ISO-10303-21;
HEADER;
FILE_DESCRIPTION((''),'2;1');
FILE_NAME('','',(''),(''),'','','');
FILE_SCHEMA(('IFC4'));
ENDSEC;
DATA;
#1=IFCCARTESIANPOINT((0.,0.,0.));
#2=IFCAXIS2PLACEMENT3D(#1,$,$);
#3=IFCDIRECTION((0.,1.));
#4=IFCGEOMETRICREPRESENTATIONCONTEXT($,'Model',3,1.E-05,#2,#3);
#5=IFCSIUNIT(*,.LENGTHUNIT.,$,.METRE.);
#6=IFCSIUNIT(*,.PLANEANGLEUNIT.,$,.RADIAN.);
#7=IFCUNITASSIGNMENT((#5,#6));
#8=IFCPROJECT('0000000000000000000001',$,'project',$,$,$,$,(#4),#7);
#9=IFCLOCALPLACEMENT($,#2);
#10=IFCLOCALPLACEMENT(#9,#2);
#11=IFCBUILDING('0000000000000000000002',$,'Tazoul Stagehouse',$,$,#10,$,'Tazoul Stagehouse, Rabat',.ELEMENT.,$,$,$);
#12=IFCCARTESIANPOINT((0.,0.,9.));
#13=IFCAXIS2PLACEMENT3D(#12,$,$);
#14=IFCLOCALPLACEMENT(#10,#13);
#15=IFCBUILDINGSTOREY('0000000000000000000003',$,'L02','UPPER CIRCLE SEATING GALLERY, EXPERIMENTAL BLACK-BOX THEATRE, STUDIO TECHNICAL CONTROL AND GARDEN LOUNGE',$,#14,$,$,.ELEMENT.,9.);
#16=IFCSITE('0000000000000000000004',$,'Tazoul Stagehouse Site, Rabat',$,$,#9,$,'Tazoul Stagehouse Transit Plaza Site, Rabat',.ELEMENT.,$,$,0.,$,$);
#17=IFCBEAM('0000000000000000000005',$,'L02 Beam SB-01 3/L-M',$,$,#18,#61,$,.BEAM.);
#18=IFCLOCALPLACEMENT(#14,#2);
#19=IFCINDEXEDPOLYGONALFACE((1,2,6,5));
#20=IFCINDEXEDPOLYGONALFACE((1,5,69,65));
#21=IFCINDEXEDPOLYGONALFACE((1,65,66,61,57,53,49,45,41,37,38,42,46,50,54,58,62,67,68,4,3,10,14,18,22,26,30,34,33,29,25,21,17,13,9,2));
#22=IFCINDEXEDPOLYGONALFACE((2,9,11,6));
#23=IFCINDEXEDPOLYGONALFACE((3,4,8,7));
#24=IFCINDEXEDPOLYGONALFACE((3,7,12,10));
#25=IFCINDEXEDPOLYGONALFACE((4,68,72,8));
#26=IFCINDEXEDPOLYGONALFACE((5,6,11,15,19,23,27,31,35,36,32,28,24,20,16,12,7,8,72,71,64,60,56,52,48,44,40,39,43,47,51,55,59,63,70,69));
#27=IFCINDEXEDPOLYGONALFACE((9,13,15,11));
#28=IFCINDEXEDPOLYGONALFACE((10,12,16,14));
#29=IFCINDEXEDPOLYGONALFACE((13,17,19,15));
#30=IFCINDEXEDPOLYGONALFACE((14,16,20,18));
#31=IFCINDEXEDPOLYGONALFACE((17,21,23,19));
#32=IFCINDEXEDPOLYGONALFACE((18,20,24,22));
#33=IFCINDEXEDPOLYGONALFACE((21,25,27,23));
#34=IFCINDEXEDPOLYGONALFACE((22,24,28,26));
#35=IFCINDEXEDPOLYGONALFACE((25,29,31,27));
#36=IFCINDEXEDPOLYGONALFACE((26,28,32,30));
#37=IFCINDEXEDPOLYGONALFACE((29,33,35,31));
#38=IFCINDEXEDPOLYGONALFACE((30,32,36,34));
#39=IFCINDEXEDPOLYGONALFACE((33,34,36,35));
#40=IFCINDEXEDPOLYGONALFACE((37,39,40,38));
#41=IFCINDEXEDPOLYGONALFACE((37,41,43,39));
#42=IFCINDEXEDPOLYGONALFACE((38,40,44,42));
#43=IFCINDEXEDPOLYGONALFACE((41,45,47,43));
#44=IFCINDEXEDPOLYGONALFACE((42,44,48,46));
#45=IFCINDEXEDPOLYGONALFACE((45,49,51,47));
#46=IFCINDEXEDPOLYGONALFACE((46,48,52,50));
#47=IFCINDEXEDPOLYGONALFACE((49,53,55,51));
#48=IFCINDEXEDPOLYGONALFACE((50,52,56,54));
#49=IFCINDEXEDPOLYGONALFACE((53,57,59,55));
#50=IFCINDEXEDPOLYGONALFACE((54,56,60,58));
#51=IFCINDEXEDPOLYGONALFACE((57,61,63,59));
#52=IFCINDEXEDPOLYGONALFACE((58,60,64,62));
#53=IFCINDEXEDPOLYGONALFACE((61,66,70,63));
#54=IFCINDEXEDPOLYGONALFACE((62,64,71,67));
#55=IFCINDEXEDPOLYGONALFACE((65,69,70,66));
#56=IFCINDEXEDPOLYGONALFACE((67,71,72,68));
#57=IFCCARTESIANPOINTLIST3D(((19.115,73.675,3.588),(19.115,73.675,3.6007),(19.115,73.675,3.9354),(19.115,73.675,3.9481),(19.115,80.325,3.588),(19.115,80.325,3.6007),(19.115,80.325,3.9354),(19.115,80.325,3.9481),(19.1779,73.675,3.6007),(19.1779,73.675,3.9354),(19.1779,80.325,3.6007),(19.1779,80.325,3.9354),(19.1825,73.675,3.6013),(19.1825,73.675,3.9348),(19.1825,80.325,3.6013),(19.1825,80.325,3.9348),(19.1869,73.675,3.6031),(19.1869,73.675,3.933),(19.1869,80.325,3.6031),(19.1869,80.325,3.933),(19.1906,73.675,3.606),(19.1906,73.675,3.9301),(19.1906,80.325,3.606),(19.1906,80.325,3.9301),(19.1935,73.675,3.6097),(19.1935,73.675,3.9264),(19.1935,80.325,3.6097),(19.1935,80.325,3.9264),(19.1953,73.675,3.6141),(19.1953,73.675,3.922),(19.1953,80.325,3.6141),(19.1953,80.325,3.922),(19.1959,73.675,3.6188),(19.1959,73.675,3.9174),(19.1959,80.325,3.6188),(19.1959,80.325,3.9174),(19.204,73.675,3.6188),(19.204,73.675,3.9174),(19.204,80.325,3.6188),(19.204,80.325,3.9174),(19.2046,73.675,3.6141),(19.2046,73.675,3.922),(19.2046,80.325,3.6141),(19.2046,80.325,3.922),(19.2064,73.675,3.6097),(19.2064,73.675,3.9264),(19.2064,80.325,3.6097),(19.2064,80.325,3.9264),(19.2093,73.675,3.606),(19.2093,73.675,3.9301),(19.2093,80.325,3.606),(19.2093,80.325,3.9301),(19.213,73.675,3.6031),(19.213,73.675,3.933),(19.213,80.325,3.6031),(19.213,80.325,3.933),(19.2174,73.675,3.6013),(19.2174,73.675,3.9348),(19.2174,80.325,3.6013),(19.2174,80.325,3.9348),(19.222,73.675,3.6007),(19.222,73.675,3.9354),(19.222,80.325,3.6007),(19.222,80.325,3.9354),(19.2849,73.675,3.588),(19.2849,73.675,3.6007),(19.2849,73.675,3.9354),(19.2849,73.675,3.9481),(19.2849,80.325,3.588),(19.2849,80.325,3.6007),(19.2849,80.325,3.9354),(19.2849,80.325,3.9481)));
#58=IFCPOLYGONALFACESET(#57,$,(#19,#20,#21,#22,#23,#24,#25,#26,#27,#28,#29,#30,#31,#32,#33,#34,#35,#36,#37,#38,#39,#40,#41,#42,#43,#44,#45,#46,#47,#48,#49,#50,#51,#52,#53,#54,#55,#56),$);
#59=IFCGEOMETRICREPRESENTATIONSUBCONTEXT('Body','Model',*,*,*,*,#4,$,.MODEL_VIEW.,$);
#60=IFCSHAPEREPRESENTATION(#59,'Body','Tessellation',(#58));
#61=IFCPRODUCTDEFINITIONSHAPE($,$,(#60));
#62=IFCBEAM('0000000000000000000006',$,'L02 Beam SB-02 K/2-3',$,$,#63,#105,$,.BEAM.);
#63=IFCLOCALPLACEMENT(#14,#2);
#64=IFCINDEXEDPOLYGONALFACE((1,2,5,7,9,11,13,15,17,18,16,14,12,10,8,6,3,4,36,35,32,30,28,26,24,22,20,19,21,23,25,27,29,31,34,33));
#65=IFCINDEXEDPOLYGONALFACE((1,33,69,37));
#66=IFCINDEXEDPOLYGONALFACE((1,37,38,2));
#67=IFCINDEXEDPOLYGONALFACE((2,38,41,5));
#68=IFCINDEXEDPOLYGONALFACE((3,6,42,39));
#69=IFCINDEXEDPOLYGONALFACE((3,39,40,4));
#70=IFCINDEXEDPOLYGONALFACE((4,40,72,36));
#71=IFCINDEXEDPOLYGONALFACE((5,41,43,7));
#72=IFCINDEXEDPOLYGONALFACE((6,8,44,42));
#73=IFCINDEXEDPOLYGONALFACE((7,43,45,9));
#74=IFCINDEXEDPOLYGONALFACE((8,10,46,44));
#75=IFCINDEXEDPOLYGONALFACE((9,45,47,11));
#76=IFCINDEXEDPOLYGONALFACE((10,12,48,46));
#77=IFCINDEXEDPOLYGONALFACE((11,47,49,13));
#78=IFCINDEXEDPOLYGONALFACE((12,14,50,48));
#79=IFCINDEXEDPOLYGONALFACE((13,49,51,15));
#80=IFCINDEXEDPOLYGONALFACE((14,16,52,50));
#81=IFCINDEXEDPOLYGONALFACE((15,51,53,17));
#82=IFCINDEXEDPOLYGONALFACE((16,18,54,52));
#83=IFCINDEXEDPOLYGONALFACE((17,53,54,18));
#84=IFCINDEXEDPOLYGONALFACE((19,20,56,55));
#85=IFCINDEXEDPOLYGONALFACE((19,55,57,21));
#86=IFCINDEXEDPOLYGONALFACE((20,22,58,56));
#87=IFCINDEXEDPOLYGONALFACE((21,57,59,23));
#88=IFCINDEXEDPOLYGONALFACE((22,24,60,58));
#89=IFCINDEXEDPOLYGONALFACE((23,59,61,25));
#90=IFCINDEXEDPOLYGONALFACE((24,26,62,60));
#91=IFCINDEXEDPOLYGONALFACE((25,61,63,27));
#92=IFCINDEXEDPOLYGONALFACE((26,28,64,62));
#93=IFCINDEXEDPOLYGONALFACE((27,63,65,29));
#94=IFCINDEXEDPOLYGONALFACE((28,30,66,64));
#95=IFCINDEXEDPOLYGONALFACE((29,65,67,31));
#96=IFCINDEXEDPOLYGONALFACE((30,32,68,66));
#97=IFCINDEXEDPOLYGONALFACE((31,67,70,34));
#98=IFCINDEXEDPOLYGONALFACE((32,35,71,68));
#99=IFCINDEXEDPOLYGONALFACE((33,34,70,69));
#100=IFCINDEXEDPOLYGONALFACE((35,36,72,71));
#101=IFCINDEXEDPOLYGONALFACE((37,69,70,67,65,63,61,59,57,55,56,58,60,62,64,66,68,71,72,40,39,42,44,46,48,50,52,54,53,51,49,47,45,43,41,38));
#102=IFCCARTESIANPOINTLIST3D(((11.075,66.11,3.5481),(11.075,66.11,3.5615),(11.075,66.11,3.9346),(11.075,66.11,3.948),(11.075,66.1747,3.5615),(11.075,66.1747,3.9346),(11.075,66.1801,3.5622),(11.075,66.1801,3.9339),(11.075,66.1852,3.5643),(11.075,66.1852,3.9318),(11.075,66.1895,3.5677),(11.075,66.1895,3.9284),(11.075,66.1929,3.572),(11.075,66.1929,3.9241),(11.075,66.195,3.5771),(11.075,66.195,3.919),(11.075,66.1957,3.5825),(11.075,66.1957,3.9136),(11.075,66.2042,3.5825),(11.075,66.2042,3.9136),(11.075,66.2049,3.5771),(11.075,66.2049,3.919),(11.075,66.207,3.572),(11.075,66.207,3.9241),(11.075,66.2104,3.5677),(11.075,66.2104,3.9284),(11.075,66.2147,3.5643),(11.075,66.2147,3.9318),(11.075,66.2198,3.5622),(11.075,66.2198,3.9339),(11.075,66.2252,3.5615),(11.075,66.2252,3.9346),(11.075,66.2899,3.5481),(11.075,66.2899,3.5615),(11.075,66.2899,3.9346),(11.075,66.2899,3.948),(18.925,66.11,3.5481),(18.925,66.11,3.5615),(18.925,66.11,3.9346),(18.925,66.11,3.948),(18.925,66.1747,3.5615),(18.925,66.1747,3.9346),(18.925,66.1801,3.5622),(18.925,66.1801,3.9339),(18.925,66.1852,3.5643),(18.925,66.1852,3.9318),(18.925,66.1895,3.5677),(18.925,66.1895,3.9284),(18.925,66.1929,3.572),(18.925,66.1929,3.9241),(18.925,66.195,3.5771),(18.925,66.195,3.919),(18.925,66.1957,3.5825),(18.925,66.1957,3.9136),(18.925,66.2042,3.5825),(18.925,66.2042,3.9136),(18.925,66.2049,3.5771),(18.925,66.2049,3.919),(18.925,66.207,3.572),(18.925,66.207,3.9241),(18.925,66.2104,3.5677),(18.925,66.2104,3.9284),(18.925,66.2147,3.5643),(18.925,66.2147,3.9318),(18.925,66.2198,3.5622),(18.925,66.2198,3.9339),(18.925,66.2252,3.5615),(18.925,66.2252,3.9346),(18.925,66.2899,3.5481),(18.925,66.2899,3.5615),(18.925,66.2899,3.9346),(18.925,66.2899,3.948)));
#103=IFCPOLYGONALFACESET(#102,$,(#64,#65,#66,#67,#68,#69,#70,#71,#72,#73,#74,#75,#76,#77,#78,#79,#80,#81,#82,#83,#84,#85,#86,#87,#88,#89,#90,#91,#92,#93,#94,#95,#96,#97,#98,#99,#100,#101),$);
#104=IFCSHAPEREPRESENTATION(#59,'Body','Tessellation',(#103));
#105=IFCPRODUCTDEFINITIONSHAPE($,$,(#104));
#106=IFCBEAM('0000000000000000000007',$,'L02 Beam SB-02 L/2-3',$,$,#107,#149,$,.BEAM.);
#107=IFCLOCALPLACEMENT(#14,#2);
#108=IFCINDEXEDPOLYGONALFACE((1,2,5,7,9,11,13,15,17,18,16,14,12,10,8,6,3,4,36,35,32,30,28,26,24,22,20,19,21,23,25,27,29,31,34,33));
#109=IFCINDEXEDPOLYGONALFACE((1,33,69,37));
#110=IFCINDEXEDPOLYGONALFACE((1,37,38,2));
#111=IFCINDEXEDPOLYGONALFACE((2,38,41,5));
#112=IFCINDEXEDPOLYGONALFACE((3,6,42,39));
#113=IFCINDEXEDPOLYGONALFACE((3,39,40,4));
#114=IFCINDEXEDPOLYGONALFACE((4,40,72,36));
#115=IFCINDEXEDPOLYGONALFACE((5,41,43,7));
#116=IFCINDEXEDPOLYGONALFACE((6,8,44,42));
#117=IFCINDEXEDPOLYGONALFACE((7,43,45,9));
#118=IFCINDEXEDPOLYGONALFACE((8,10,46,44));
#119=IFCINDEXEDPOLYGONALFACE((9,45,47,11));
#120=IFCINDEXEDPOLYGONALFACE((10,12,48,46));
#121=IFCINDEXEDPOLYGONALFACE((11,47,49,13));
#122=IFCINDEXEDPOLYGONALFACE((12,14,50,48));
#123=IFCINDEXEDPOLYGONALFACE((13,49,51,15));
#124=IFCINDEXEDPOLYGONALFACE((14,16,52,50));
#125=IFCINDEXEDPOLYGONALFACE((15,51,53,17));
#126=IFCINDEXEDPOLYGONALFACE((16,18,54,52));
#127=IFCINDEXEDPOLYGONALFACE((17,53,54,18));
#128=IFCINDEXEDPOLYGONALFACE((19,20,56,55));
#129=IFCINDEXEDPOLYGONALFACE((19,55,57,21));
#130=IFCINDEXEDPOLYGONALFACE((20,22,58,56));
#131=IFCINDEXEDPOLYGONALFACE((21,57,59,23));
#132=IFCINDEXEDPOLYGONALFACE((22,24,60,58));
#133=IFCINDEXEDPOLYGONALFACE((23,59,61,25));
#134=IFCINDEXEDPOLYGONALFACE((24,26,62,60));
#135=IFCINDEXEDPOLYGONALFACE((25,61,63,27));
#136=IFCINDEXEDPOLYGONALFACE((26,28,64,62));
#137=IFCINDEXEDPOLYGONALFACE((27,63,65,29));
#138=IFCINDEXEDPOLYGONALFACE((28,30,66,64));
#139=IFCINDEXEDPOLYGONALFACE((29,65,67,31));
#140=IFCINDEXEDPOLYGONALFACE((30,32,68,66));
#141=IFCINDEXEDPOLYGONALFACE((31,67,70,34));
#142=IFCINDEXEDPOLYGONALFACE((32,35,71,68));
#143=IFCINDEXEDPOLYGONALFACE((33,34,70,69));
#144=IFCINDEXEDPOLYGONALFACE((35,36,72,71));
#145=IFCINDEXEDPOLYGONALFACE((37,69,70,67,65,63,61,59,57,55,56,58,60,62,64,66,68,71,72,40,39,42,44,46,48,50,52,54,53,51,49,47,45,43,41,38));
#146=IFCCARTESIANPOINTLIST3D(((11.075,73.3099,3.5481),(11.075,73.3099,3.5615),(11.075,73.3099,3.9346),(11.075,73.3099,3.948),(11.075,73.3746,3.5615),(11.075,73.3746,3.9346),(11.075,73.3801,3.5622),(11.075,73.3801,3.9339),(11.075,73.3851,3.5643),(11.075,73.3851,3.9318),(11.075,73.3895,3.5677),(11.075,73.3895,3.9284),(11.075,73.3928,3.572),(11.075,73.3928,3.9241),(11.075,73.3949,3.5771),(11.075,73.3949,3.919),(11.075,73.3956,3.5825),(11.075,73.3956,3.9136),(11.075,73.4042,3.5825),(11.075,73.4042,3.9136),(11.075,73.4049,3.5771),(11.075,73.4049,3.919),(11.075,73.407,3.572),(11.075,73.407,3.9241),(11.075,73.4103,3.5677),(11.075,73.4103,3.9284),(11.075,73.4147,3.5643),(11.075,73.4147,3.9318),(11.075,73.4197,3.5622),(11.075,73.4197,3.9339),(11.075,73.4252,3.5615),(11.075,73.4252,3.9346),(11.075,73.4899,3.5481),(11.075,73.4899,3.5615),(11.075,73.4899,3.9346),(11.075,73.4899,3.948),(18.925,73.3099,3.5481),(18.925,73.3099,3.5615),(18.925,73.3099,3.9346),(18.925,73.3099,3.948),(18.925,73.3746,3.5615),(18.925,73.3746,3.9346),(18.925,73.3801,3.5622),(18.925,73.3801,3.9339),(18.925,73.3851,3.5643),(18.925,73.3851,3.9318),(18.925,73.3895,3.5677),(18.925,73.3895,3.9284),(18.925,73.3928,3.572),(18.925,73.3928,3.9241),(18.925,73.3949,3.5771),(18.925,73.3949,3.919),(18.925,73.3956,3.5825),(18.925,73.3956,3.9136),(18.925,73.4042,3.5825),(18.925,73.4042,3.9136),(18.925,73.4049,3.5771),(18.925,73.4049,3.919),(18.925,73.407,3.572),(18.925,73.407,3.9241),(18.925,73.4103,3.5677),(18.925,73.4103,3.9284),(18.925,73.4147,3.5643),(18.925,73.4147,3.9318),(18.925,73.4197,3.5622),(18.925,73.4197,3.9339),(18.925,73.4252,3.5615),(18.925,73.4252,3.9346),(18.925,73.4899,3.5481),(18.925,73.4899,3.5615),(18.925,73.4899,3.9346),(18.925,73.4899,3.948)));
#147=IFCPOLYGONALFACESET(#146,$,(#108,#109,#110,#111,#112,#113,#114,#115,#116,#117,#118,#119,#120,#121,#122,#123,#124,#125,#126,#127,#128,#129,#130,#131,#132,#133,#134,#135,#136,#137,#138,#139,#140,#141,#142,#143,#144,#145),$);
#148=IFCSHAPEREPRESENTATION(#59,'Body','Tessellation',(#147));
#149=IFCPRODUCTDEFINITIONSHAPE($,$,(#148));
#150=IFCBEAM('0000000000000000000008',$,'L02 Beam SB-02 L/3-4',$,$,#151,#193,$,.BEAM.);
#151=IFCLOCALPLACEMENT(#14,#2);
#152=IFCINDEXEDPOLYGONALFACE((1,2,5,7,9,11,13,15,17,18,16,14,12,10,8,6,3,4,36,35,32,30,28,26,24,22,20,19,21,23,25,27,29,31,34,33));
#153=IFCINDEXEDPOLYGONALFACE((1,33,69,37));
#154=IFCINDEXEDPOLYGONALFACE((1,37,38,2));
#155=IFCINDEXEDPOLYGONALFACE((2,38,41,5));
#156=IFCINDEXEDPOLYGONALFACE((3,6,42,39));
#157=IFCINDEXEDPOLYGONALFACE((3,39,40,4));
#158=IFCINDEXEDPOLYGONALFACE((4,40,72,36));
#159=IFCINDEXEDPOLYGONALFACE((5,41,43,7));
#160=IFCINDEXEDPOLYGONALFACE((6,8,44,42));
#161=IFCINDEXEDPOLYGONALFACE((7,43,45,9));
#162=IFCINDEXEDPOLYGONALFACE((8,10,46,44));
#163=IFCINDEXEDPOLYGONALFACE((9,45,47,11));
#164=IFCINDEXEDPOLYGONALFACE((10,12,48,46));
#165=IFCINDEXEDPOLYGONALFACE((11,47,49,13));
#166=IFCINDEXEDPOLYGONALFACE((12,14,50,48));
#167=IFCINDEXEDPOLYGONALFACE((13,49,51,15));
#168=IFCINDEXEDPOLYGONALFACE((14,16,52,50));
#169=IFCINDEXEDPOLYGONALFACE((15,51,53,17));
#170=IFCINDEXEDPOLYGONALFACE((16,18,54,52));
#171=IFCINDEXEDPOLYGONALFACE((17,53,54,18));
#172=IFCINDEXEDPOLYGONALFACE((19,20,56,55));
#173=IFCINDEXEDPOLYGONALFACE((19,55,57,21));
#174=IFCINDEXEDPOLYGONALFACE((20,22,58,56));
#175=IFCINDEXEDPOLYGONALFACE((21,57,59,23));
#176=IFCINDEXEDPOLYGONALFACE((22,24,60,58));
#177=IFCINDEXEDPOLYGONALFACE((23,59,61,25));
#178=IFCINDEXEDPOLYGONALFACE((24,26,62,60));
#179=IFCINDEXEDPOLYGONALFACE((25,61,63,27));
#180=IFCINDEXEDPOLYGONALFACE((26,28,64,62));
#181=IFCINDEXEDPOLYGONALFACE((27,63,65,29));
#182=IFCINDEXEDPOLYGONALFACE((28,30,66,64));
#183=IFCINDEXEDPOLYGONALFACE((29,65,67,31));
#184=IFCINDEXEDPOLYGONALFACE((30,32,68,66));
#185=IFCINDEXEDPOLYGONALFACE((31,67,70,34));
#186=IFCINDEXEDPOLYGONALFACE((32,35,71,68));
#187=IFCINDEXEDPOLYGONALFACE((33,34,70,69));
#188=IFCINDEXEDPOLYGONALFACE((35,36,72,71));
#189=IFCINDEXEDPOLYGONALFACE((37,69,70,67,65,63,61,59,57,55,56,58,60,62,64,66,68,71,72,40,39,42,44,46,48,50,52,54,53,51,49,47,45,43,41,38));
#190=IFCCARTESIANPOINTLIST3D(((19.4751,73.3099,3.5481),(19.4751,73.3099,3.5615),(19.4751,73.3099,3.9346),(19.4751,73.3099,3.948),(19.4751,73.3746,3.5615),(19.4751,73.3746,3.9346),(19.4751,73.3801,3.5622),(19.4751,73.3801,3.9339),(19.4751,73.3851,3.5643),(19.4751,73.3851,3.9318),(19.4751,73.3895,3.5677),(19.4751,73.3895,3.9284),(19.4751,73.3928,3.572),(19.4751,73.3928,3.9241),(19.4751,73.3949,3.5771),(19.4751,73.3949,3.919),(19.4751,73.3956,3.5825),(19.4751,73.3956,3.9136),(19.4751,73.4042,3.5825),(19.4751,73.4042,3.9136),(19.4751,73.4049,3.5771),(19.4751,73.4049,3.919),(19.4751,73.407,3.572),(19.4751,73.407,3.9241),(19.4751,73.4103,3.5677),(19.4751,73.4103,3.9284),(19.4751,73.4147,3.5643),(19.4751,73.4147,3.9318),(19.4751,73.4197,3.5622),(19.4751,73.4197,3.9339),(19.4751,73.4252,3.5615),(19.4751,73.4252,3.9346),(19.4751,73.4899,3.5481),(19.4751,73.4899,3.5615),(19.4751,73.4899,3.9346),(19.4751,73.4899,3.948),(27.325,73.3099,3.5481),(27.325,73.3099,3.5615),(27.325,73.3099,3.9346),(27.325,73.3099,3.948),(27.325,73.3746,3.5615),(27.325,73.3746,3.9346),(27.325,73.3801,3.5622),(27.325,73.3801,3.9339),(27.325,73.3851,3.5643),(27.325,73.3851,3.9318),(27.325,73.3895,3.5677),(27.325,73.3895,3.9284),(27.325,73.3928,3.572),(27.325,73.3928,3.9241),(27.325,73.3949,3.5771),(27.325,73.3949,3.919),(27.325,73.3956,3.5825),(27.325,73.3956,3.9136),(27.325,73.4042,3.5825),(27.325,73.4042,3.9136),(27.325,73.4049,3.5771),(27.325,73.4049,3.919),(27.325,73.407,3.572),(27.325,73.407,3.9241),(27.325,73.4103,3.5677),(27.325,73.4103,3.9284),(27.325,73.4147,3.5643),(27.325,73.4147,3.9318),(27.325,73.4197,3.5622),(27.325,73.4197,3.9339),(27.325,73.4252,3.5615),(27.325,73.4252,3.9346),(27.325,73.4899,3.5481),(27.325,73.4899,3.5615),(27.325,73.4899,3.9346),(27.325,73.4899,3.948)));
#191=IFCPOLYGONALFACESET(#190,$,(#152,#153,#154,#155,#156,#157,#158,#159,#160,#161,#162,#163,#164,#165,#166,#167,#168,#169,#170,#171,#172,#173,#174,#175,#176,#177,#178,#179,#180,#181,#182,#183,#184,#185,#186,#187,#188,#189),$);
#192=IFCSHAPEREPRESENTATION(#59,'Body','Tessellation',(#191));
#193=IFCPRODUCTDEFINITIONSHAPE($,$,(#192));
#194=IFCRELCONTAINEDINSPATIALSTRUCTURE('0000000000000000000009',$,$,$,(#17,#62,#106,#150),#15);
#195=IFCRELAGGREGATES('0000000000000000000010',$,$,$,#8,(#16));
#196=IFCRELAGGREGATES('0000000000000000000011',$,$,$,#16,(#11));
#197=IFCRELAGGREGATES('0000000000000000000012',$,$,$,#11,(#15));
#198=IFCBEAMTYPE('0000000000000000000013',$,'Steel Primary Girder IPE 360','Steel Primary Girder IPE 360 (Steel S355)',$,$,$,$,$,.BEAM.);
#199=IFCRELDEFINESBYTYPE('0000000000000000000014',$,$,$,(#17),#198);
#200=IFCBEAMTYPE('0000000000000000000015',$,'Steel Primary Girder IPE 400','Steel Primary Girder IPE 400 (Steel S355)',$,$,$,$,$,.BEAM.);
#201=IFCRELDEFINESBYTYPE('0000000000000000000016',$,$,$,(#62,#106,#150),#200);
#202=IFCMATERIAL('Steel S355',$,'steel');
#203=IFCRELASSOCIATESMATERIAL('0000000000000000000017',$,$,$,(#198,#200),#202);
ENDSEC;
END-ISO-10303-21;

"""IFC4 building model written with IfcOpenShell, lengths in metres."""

from ifc_helpers import new_model, si_unit, direction, frame, origin, origin_2d, place, context, subcontext, project, spatial, i_section, extrude, material, material_profile, profile_set, type_object, element, save


model = new_model("IFC4")

# Units and contexts
model_context = context("Model", 3, precision=1e-05, world=origin(), true_north=direction((0.0, 1.0)))
body_context = subcontext(model_context, "Body", "Model", "MODEL_VIEW")
ifc_project = project(units=[si_unit("LENGTHUNIT", "METRE"), si_unit("PLANEANGLEUNIT", "RADIAN")], contexts=[model_context])

# Site, building, storey
site_placement = place(None, origin())
site = spatial("IfcSite", under=ifc_project, at=site_placement, Name="Tazoul Stagehouse Site, Rabat", LongName="Tazoul Stagehouse Transit Plaza Site, Rabat", CompositionType="ELEMENT", RefElevation=0.0)
building_placement = place(site_placement, origin())
building = spatial("IfcBuilding", under=site, at=building_placement, Name="Tazoul Stagehouse", LongName="Tazoul Stagehouse, Rabat", CompositionType="ELEMENT")
storey_placement = place(building_placement, frame((0.0, 0.0, 9.0)))
storey = spatial("IfcBuildingStorey", under=building, at=storey_placement, Name="L02", Description="UPPER CIRCLE SEATING GALLERY, EXPERIMENTAL BLACK-BOX THEATRE, STUDIO TECHNICAL CONTROL AND GARDEN LOUNGE", CompositionType="ELEMENT", Elevation=9.0)

# Beams
ifc_material_1 = material(Name="Steel S355", Category="steel")
ifc_material_profile_1 = material_profile(ifc_material_1, i_section(OverallWidth=0.1699, OverallDepth=0.3601, WebThickness=0.0081, FlangeThickness=0.0127, FilletRadius=0.0181, at=origin_2d()), Name="IPE 360")
ifc_profile_set_1 = profile_set([ifc_material_profile_1], Name="Steel S355")
beam_type_1 = type_object("IfcBeamType", Name="Steel Primary Girder IPE 360", Description="Steel Primary Girder IPE 360 (Steel S355)", PredefinedType="BEAM", material=ifc_profile_set_1)
for number, where, z_axis, x_axis, name in (
    (1, (19.2, 73.675, 3.7681), (0.0, 1.0, 0.0), (-1.0, 0.0, 0.0), "L02 Beam SB-01 3/L-M"),
):
    element("IfcBeam", number, at=place(storey_placement, frame(where, z_axis=z_axis, x_axis=x_axis)), inside=storey, type_object=beam_type_1, Name=name, PredefinedType="BEAM", context=body_context, shape_type="SweptSolid", body=[
        extrude(i_section(OverallWidth=0.1699, OverallDepth=0.3601, WebThickness=0.0081, FlangeThickness=0.0127, FilletRadius=0.0181, at=origin_2d()), origin(), (0.0, 0.0, 1.0), 6.6499),
    ])
ifc_material_profile_2 = material_profile(ifc_material_1, i_section(OverallWidth=0.1799, OverallDepth=0.3999, WebThickness=0.0085, FlangeThickness=0.0134, FilletRadius=0.021, at=origin_2d()), Name="IPE 400")
ifc_profile_set_2 = profile_set([ifc_material_profile_2], Name="Steel S355")
beam_type_2 = type_object("IfcBeamType", Name="Steel Primary Girder IPE 400", Description="Steel Primary Girder IPE 400 (Steel S355)", PredefinedType="BEAM", material=ifc_profile_set_2)
for number, where, z_axis, x_axis, name in (
    (2, (11.075, 66.2, 3.748), (1.0, 0.0, 0.0), (0.0, 1.0, 0.0), "L02 Beam SB-02 K/2-3"),
    (3, (11.075, 73.3999, 3.748), (1.0, 0.0, 0.0), (0.0, 1.0, 0.0), "L02 Beam SB-02 L/2-3"),
):
    element("IfcBeam", number, at=place(storey_placement, frame(where, z_axis=z_axis, x_axis=x_axis)), inside=storey, type_object=beam_type_2, Name=name, PredefinedType="BEAM", context=body_context, shape_type="SweptSolid", body=[
        extrude(i_section(OverallWidth=0.1799, OverallDepth=0.3999, WebThickness=0.0085, FlangeThickness=0.0134, FilletRadius=0.021, at=origin_2d()), origin(), (0.0, 0.0, 1.0), 7.8501),
    ])
beam_placement = place(storey_placement, frame((19.4751, 73.3999, 3.748), z_axis=(1.0, 0.0, 0.0), x_axis=(0.0, 1.0, 0.0)))
element("IfcBeam", 4, at=beam_placement, inside=storey, type_object=beam_type_2, Name="L02 Beam SB-02 L/3-4", PredefinedType="BEAM", context=body_context, shape_type="SweptSolid", body=[
    extrude(i_section(OverallWidth=0.1799, OverallDepth=0.3999, WebThickness=0.0085, FlangeThickness=0.0134, FilletRadius=0.021, at=origin_2d()), origin(), (0.0, 0.0, 1.0), 7.8499),
])

save(model, "model.ifc")
